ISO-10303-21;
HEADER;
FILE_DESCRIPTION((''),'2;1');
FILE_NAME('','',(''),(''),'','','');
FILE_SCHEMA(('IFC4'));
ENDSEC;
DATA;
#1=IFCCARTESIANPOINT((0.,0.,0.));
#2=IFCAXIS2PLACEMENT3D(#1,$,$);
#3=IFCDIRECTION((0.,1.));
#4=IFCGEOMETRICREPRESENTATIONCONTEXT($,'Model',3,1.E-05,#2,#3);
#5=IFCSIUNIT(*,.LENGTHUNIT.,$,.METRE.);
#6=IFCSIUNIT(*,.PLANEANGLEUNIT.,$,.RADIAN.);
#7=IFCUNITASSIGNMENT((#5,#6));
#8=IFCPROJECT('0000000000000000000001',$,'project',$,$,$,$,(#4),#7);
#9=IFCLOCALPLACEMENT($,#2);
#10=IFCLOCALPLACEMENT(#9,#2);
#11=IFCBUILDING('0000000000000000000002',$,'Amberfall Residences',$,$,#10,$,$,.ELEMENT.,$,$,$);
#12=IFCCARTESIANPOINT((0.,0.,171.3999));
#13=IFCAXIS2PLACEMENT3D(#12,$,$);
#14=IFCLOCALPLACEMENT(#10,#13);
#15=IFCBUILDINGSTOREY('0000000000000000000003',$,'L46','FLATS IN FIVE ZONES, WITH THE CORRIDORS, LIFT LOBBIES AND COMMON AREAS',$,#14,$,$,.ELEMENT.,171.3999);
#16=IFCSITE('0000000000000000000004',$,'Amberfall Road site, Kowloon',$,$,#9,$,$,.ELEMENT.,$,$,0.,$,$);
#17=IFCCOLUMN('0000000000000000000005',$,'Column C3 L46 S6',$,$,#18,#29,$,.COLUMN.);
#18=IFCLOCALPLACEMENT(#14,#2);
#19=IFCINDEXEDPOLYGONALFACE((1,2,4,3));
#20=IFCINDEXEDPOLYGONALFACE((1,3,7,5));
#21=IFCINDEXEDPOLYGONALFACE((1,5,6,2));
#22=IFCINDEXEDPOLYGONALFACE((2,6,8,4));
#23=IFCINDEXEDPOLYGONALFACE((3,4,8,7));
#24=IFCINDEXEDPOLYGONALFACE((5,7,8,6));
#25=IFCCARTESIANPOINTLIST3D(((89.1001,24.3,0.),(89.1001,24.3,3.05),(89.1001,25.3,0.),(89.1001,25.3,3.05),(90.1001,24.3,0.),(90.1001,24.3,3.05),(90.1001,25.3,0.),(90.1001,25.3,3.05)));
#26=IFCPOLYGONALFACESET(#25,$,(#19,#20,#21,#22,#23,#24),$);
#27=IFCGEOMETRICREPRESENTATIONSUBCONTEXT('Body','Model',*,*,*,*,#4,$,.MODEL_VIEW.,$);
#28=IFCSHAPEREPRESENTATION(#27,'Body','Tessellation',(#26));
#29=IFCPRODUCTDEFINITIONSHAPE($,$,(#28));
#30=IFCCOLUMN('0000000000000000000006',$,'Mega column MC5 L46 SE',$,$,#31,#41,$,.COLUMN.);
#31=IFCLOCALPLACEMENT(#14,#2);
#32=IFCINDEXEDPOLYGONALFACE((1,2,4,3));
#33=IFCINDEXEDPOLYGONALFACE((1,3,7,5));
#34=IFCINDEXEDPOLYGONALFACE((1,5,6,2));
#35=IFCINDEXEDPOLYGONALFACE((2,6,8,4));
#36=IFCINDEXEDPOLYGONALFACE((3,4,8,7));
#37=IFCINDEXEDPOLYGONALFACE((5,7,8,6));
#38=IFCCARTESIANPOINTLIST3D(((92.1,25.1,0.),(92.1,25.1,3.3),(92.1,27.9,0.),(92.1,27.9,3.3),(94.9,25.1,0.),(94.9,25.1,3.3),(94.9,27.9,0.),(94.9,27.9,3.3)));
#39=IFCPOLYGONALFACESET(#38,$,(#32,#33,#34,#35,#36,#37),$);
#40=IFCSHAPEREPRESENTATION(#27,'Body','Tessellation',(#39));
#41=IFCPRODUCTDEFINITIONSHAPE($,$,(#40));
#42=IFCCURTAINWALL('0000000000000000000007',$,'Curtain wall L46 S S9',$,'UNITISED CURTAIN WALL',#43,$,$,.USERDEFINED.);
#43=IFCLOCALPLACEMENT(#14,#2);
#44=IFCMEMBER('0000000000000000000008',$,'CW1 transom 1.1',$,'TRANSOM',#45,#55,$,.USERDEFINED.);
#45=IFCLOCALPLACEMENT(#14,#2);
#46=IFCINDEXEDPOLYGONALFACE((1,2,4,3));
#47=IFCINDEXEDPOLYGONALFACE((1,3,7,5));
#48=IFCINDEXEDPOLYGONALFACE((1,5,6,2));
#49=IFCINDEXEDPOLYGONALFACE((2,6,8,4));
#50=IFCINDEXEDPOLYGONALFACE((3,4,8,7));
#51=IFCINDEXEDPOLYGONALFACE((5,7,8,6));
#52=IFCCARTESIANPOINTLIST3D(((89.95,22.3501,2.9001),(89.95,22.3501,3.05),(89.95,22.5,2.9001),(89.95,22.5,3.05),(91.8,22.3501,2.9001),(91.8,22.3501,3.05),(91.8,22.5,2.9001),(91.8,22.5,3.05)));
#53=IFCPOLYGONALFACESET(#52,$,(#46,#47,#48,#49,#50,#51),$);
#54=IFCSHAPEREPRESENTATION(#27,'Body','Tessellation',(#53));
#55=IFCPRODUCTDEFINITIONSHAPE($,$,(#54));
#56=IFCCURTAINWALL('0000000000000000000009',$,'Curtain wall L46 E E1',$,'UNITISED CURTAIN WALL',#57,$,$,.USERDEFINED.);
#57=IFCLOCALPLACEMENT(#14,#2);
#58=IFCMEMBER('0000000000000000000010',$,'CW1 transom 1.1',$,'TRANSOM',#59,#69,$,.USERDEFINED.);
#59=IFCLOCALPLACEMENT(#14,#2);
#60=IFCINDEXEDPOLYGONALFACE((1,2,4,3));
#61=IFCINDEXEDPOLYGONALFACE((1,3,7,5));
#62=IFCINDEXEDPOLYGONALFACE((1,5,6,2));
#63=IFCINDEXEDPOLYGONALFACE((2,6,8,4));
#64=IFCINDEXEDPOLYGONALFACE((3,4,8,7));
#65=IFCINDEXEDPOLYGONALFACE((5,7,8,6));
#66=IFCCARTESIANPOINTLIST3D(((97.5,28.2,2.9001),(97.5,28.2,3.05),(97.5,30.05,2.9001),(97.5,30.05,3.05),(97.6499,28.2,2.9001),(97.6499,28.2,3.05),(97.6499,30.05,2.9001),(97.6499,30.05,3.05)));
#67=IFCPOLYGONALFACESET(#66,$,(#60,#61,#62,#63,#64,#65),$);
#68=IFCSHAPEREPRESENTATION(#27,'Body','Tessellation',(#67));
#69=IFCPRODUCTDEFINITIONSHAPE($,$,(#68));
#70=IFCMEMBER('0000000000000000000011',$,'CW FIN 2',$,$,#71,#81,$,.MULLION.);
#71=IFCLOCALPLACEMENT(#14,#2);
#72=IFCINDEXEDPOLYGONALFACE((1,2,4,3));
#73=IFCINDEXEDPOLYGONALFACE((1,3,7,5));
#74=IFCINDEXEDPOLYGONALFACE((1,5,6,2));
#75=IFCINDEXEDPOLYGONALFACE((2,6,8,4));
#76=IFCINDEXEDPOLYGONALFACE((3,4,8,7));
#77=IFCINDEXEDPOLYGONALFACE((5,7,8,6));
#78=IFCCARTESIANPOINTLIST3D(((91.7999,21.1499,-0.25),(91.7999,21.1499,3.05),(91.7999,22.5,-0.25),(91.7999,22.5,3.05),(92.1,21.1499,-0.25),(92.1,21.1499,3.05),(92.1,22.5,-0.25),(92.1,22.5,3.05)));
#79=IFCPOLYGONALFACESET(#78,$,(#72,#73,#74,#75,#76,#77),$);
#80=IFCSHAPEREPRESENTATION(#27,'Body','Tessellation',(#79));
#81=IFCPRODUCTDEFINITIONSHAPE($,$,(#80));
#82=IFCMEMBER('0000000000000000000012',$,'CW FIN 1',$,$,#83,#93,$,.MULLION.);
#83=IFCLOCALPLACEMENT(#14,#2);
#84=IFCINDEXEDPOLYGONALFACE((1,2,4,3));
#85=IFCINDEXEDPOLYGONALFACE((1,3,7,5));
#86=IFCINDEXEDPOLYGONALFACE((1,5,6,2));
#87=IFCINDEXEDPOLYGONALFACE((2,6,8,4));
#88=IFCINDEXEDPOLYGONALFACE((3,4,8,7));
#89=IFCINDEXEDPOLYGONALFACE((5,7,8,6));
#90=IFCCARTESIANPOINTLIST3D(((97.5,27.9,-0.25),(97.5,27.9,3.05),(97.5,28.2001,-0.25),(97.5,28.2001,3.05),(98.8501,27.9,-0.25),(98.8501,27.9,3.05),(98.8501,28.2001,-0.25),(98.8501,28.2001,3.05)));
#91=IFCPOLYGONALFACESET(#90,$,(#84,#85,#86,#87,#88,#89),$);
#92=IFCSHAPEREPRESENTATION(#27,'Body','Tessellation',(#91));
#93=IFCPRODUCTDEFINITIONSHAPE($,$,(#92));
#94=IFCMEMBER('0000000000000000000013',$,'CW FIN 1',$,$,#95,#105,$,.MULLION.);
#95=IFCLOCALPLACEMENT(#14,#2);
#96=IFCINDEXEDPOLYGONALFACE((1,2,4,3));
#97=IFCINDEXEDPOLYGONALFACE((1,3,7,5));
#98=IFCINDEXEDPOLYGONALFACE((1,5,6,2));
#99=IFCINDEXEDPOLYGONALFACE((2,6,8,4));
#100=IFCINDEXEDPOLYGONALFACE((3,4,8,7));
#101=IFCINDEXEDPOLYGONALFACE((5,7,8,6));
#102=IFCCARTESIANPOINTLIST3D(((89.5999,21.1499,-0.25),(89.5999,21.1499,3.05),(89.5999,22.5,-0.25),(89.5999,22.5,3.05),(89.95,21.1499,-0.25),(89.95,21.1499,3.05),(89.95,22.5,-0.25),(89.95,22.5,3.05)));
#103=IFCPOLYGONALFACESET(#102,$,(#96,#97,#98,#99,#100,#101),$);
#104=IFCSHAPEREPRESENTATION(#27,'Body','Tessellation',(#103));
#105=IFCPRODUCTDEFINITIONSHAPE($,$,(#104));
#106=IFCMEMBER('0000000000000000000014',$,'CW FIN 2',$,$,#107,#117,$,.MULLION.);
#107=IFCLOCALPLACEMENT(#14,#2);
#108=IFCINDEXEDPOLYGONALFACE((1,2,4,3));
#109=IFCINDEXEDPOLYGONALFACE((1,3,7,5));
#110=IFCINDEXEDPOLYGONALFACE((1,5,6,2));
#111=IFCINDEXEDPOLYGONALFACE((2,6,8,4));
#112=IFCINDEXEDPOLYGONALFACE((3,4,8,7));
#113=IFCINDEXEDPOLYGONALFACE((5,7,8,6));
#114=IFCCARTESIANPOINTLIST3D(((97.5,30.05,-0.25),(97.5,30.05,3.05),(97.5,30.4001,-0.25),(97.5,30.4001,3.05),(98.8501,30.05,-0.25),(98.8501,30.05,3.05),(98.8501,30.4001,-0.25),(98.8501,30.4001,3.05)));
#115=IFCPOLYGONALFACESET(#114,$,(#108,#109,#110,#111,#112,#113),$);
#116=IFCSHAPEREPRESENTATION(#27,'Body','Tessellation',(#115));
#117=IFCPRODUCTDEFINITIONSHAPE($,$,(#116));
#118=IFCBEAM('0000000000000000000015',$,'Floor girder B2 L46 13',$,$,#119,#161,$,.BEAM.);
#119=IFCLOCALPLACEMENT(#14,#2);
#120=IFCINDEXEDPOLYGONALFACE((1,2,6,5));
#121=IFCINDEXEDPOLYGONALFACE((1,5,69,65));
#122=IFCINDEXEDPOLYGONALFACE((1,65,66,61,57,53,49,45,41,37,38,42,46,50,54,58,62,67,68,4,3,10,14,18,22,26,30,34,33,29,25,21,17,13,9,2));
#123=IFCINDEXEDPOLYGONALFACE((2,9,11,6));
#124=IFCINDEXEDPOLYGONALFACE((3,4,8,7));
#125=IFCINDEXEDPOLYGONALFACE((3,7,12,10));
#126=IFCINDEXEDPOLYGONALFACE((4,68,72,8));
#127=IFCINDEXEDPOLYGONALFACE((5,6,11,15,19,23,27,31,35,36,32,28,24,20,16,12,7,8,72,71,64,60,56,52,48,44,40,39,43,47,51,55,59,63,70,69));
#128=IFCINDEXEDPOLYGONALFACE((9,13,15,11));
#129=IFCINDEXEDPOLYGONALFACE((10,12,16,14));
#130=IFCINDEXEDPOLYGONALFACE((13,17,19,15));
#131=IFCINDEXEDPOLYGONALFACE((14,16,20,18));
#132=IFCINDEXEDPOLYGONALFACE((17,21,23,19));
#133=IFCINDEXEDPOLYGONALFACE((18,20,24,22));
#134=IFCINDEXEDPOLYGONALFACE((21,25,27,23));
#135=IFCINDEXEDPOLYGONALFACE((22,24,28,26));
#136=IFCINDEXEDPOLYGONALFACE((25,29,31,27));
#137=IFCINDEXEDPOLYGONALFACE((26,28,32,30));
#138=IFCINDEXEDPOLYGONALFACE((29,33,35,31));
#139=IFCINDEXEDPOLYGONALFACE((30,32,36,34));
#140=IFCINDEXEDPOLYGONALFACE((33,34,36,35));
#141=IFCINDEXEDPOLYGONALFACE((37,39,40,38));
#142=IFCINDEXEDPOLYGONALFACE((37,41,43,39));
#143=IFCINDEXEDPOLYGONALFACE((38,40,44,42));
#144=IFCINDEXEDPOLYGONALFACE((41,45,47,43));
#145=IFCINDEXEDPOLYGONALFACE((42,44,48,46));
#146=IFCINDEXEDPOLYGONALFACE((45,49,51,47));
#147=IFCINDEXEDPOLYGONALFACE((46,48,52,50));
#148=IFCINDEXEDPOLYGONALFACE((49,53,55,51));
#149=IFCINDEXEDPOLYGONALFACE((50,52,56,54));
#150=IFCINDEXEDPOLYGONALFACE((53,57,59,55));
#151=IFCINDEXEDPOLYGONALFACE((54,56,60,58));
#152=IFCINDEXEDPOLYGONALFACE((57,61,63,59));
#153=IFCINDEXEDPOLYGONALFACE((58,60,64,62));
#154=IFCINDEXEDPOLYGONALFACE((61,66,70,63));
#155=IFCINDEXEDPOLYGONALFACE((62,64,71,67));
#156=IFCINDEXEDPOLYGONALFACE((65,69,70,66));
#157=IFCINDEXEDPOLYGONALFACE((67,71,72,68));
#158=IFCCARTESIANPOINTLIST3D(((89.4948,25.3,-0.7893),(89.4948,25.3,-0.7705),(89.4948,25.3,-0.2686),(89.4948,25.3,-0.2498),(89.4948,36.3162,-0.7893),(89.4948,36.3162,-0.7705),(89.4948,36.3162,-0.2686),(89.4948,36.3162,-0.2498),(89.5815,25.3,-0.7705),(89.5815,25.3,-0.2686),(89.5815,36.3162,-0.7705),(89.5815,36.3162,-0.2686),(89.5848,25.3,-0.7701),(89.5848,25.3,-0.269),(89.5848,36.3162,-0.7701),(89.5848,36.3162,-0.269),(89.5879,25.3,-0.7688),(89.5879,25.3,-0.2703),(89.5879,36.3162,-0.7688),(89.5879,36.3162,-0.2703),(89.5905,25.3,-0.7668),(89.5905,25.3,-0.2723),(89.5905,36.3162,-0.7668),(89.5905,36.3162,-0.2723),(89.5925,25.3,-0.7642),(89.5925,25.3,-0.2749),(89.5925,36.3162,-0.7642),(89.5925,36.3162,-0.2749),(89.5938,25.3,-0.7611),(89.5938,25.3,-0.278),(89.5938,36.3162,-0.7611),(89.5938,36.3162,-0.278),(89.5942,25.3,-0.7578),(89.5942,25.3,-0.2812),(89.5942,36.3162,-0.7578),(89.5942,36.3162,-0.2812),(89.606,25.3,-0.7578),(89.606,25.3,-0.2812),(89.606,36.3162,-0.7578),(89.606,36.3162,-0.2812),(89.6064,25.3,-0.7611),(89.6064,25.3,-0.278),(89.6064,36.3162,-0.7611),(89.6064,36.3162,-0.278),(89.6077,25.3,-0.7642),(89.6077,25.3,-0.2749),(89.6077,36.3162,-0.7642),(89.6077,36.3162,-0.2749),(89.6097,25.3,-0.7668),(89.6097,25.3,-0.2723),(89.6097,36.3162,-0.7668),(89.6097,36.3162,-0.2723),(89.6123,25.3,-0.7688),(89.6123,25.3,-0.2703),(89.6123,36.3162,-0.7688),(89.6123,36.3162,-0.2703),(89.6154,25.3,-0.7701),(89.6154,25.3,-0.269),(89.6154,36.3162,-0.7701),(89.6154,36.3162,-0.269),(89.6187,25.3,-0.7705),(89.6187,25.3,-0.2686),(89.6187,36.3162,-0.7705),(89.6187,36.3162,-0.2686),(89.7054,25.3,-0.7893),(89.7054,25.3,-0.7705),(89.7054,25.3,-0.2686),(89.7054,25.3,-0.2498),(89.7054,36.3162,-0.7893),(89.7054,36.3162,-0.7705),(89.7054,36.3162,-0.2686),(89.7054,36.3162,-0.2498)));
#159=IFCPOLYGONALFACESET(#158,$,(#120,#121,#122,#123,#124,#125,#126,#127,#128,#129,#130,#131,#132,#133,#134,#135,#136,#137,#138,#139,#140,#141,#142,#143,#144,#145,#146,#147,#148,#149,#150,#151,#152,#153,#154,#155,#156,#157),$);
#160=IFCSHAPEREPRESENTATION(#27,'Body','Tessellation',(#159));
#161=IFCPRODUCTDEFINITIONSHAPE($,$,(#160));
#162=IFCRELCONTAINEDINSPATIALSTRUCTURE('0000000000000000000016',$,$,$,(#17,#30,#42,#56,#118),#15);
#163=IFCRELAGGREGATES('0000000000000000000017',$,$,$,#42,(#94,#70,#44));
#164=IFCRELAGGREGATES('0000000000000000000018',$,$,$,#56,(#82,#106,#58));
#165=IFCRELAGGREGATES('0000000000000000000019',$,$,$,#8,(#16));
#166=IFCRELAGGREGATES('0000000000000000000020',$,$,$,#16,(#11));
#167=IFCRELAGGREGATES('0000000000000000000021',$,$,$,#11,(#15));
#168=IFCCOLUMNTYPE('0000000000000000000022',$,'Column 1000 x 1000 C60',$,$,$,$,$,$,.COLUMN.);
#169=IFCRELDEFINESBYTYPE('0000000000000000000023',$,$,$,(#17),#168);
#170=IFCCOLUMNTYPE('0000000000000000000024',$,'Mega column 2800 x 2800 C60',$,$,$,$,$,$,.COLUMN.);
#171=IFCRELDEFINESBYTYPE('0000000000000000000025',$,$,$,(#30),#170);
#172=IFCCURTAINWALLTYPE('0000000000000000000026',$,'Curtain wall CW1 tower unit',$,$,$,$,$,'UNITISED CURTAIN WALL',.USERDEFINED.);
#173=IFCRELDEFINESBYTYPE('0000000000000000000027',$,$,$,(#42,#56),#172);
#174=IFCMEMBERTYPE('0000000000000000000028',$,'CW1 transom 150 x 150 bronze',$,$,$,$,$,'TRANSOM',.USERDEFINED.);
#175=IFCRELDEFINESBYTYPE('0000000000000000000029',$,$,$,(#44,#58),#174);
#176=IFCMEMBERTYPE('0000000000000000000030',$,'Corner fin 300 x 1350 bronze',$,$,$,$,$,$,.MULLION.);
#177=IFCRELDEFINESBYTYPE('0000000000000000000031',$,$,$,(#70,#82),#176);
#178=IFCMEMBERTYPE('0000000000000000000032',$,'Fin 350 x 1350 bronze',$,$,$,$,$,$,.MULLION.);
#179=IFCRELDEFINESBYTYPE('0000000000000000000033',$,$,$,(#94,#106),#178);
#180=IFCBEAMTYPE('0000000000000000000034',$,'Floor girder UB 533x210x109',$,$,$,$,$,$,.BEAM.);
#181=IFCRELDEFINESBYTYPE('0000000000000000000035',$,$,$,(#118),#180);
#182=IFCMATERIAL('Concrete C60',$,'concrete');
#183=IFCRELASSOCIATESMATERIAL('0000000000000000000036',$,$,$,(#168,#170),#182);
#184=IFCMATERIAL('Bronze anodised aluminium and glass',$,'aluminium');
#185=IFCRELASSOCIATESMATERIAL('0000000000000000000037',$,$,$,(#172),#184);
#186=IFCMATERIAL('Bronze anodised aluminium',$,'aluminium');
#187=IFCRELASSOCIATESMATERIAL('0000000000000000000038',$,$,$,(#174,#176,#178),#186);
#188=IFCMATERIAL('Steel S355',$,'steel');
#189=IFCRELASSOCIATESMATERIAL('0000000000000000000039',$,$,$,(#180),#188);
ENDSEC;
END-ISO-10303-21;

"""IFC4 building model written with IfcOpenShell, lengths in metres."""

from ifc_helpers import new_model, si_unit, direction, frame, origin, origin_2d, place, context, subcontext, project, spatial, rectangle, i_section, extrude, material, material_profile, profile_set, type_object, element, aggregate, save


model = new_model("IFC4")

# Units and contexts
model_context = context("Model", 3, precision=1e-05, world=origin(), true_north=direction((0.0, 1.0)))
body_context = subcontext(model_context, "Body", "Model", "MODEL_VIEW")
ifc_project = project(units=[si_unit("LENGTHUNIT", "METRE"), si_unit("PLANEANGLEUNIT", "RADIAN")], contexts=[model_context])

# Site, building, storey
site_placement = place(None, origin())
site = spatial("IfcSite", under=ifc_project, at=site_placement, Name="Amberfall Road site, Kowloon", CompositionType="ELEMENT", RefElevation=0.0)
building_placement = place(site_placement, origin())
building = spatial("IfcBuilding", under=site, at=building_placement, Name="Amberfall Residences", CompositionType="ELEMENT")
storey_placement = place(building_placement, frame((0.0, 0.0, 171.3999)))
storey = spatial("IfcBuildingStorey", under=building, at=storey_placement, Name="L46", Description="FLATS IN FIVE ZONES, WITH THE CORRIDORS, LIFT LOBBIES AND COMMON AREAS", CompositionType="ELEMENT", Elevation=171.3999)

# Columns
ifc_material_1 = material(Name="Concrete C60", Category="concrete")
ifc_material_profile_1 = material_profile(ifc_material_1, rectangle(XDim=1.0, YDim=1.0, at=origin_2d()), Name="Column 1000 x 1000 C60")
ifc_profile_set_1 = profile_set([ifc_material_profile_1], Name="Concrete C60")
column_type_1 = type_object("IfcColumnType", Name="Column 1000 x 1000 C60", PredefinedType="COLUMN", material=ifc_profile_set_1)
column_1_placement = place(storey_placement, frame((89.6001, 24.8, 0.0), z_axis=(0.0, 0.0, 1.0), x_axis=(1.0, 0.0, 0.0)))
element("IfcColumn", 1, at=column_1_placement, inside=storey, type_object=column_type_1, Name="Column C3 L46 S6", PredefinedType="COLUMN", context=body_context, shape_type="SweptSolid", body=[
    extrude(rectangle(XDim=1.0, YDim=1.0, at=origin_2d()), origin(), (0.0, 0.0, 1.0), 3.05),
])
ifc_material_profile_2 = material_profile(ifc_material_1, rectangle(XDim=2.8, YDim=2.8, at=origin_2d()), Name="Mega column 2800 x 2800 C60")
ifc_profile_set_2 = profile_set([ifc_material_profile_2], Name="Concrete C60")
column_type_2 = type_object("IfcColumnType", Name="Mega column 2800 x 2800 C60", PredefinedType="COLUMN", material=ifc_profile_set_2)
column_2_placement = place(storey_placement, frame((93.5, 26.5, 0.0), z_axis=(0.0, 0.0, 1.0), x_axis=(1.0, 0.0, 0.0)))
element("IfcColumn", 2, at=column_2_placement, inside=storey, type_object=column_type_2, Name="Mega column MC5 L46 SE", PredefinedType="COLUMN", context=body_context, shape_type="SweptSolid", body=[
    extrude(rectangle(XDim=2.8, YDim=2.8, at=origin_2d()), origin(), (0.0, 0.0, 1.0), 3.3),
])

# Curtain walls, members
ifc_material_2 = material(Name="Bronze anodised aluminium and glass", Category="aluminium")
curtain_wall_type = type_object("IfcCurtainWallType", Name="Curtain wall CW1 tower unit", ElementType="UNITISED CURTAIN WALL", PredefinedType="USERDEFINED", material=ifc_material_2)
curtain_wall_1_placement = place(storey_placement, origin())
curtain_wall_1 = element("IfcCurtainWall", 3, at=curtain_wall_1_placement, inside=storey, type_object=curtain_wall_type, Name="Curtain wall L46 S S9", ObjectType="UNITISED CURTAIN WALL", PredefinedType="USERDEFINED")
ifc_material_3 = material(Name="Bronze anodised aluminium", Category="aluminium")
ifc_material_profile_3 = material_profile(ifc_material_3, rectangle(XDim=0.1499, YDim=0.1499, at=origin_2d()), Name="CW1 transom 150 x 150 bronze")
ifc_profile_set_3 = profile_set([ifc_material_profile_3], Name="Bronze anodised aluminium")
member_type_1 = type_object("IfcMemberType", Name="CW1 transom 150 x 150 bronze", ElementType="TRANSOM", PredefinedType="USERDEFINED", material=ifc_profile_set_3)
member_1_placement = place(storey_placement, frame((89.95, 22.425, 2.9751), z_axis=(1.0, 0.0, 0.0), x_axis=(0.0, 1.0, 0.0)))
member_1 = element("IfcMember", 4, at=member_1_placement, type_object=member_type_1, Name="CW1 transom 1.1", ObjectType="TRANSOM", PredefinedType="USERDEFINED", context=body_context, shape_type="SweptSolid", body=[
    extrude(rectangle(XDim=0.1499, YDim=0.1499, at=origin_2d()), origin(), (0.0, 0.0, 1.0), 1.8501),
])
curtain_wall_2_placement = place(storey_placement, origin())
curtain_wall_2 = element("IfcCurtainWall", 5, at=curtain_wall_2_placement, inside=storey, type_object=curtain_wall_type, Name="Curtain wall L46 E E1", ObjectType="UNITISED CURTAIN WALL", PredefinedType="USERDEFINED")
member_2_placement = place(storey_placement, frame((97.575, 28.2, 2.9751), z_axis=(0.0, 1.0, 0.0), x_axis=(-1.0, 0.0, 0.0)))
member_2 = element("IfcMember", 6, at=member_2_placement, type_object=member_type_1, Name="CW1 transom 1.1", ObjectType="TRANSOM", PredefinedType="USERDEFINED", context=body_context, shape_type="SweptSolid", body=[
    extrude(rectangle(XDim=0.1499, YDim=0.1499, at=origin_2d()), origin(), (0.0, 0.0, 1.0), 1.8501),
])

# Members
ifc_material_profile_4 = material_profile(ifc_material_3, rectangle(XDim=1.3501, YDim=0.3, at=origin_2d()), Name="Corner fin 300 x 1350 bronze")
ifc_profile_set_4 = profile_set([ifc_material_profile_4], Name="Bronze anodised aluminium")
member_type_2 = type_object("IfcMemberType", Name="Corner fin 300 x 1350 bronze", PredefinedType="MULLION", material=ifc_profile_set_4)
member_3_placement = place(storey_placement, frame((91.95, 21.825, -0.25), z_axis=(0.0, 0.0, 1.0), x_axis=(0.0, 1.0, 0.0)))
member_3 = element("IfcMember", 7, at=member_3_placement, type_object=member_type_2, Name="CW FIN 2", PredefinedType="MULLION", context=body_context, shape_type="SweptSolid", body=[
    extrude(rectangle(XDim=1.3501, YDim=0.3, at=origin_2d()), origin(), (0.0, 0.0, 1.0), 3.3),
])
member_4_placement = place(storey_placement, frame((98.175, 28.05, -0.25), z_axis=(0.0, 0.0, 1.0), x_axis=(-1.0, 0.0, 0.0)))
member_4 = element("IfcMember", 8, at=member_4_placement, type_object=member_type_2, Name="CW FIN 1", PredefinedType="MULLION", context=body_context, shape_type="SweptSolid", body=[
    extrude(rectangle(XDim=1.3501, YDim=0.3, at=origin_2d()), origin(), (0.0, 0.0, 1.0), 3.3),
])
ifc_material_profile_5 = material_profile(ifc_material_3, rectangle(XDim=1.3501, YDim=0.3501, at=origin_2d()), Name="Fin 350 x 1350 bronze")
ifc_profile_set_5 = profile_set([ifc_material_profile_5], Name="Bronze anodised aluminium")
member_type_3 = type_object("IfcMemberType", Name="Fin 350 x 1350 bronze", PredefinedType="MULLION", material=ifc_profile_set_5)
member_5_placement = place(storey_placement, frame((89.7749, 21.825, -0.25), z_axis=(0.0, 0.0, 1.0), x_axis=(0.0, 1.0, 0.0)))
member_5 = element("IfcMember", 9, at=member_5_placement, type_object=member_type_3, Name="CW FIN 1", PredefinedType="MULLION", context=body_context, shape_type="SweptSolid", body=[
    extrude(rectangle(XDim=1.3501, YDim=0.3501, at=origin_2d()), origin(), (0.0, 0.0, 1.0), 3.3),
])
member_6_placement = place(storey_placement, frame((98.175, 30.2251, -0.25), z_axis=(0.0, 0.0, 1.0), x_axis=(-1.0, 0.0, 0.0)))
member_6 = element("IfcMember", 10, at=member_6_placement, type_object=member_type_3, Name="CW FIN 2", PredefinedType="MULLION", context=body_context, shape_type="SweptSolid", body=[
    extrude(rectangle(XDim=1.3501, YDim=0.3501, at=origin_2d()), origin(), (0.0, 0.0, 1.0), 3.3),
])

# Beam
ifc_material_4 = material(Name="Steel S355", Category="steel")
ifc_material_profile_6 = material_profile(ifc_material_4, i_section(OverallWidth=0.2107, OverallDepth=0.5396, WebThickness=0.0117, FlangeThickness=0.0188, FilletRadius=0.0127, at=origin_2d()), Name="UB 533x210x109")
ifc_profile_set_6 = profile_set([ifc_material_profile_6], Name="Steel S355")
beam_type_1 = type_object("IfcBeamType", Name="Floor girder UB 533x210x109", PredefinedType="BEAM", material=ifc_profile_set_6)
beam_1_placement = place(storey_placement, frame((89.6001, 25.3, -0.5195), z_axis=(0.0, 1.0, 0.0), x_axis=(-1.0, 0.0, 0.0)))
element("IfcBeam", 11, at=beam_1_placement, inside=storey, type_object=beam_type_1, Name="Floor girder B2 L46 13", PredefinedType="BEAM", context=body_context, shape_type="SweptSolid", body=[
    extrude(i_section(OverallWidth=0.2107, OverallDepth=0.5396, WebThickness=0.0117, FlangeThickness=0.0188, FilletRadius=0.0127, at=origin_2d()), origin(), (0.0, 0.0, 1.0), 11.0161),
])

aggregate(curtain_wall_1, [member_5, member_3, member_1])
aggregate(curtain_wall_2, [member_4, member_6, member_2])

save(model, "model.ifc")
